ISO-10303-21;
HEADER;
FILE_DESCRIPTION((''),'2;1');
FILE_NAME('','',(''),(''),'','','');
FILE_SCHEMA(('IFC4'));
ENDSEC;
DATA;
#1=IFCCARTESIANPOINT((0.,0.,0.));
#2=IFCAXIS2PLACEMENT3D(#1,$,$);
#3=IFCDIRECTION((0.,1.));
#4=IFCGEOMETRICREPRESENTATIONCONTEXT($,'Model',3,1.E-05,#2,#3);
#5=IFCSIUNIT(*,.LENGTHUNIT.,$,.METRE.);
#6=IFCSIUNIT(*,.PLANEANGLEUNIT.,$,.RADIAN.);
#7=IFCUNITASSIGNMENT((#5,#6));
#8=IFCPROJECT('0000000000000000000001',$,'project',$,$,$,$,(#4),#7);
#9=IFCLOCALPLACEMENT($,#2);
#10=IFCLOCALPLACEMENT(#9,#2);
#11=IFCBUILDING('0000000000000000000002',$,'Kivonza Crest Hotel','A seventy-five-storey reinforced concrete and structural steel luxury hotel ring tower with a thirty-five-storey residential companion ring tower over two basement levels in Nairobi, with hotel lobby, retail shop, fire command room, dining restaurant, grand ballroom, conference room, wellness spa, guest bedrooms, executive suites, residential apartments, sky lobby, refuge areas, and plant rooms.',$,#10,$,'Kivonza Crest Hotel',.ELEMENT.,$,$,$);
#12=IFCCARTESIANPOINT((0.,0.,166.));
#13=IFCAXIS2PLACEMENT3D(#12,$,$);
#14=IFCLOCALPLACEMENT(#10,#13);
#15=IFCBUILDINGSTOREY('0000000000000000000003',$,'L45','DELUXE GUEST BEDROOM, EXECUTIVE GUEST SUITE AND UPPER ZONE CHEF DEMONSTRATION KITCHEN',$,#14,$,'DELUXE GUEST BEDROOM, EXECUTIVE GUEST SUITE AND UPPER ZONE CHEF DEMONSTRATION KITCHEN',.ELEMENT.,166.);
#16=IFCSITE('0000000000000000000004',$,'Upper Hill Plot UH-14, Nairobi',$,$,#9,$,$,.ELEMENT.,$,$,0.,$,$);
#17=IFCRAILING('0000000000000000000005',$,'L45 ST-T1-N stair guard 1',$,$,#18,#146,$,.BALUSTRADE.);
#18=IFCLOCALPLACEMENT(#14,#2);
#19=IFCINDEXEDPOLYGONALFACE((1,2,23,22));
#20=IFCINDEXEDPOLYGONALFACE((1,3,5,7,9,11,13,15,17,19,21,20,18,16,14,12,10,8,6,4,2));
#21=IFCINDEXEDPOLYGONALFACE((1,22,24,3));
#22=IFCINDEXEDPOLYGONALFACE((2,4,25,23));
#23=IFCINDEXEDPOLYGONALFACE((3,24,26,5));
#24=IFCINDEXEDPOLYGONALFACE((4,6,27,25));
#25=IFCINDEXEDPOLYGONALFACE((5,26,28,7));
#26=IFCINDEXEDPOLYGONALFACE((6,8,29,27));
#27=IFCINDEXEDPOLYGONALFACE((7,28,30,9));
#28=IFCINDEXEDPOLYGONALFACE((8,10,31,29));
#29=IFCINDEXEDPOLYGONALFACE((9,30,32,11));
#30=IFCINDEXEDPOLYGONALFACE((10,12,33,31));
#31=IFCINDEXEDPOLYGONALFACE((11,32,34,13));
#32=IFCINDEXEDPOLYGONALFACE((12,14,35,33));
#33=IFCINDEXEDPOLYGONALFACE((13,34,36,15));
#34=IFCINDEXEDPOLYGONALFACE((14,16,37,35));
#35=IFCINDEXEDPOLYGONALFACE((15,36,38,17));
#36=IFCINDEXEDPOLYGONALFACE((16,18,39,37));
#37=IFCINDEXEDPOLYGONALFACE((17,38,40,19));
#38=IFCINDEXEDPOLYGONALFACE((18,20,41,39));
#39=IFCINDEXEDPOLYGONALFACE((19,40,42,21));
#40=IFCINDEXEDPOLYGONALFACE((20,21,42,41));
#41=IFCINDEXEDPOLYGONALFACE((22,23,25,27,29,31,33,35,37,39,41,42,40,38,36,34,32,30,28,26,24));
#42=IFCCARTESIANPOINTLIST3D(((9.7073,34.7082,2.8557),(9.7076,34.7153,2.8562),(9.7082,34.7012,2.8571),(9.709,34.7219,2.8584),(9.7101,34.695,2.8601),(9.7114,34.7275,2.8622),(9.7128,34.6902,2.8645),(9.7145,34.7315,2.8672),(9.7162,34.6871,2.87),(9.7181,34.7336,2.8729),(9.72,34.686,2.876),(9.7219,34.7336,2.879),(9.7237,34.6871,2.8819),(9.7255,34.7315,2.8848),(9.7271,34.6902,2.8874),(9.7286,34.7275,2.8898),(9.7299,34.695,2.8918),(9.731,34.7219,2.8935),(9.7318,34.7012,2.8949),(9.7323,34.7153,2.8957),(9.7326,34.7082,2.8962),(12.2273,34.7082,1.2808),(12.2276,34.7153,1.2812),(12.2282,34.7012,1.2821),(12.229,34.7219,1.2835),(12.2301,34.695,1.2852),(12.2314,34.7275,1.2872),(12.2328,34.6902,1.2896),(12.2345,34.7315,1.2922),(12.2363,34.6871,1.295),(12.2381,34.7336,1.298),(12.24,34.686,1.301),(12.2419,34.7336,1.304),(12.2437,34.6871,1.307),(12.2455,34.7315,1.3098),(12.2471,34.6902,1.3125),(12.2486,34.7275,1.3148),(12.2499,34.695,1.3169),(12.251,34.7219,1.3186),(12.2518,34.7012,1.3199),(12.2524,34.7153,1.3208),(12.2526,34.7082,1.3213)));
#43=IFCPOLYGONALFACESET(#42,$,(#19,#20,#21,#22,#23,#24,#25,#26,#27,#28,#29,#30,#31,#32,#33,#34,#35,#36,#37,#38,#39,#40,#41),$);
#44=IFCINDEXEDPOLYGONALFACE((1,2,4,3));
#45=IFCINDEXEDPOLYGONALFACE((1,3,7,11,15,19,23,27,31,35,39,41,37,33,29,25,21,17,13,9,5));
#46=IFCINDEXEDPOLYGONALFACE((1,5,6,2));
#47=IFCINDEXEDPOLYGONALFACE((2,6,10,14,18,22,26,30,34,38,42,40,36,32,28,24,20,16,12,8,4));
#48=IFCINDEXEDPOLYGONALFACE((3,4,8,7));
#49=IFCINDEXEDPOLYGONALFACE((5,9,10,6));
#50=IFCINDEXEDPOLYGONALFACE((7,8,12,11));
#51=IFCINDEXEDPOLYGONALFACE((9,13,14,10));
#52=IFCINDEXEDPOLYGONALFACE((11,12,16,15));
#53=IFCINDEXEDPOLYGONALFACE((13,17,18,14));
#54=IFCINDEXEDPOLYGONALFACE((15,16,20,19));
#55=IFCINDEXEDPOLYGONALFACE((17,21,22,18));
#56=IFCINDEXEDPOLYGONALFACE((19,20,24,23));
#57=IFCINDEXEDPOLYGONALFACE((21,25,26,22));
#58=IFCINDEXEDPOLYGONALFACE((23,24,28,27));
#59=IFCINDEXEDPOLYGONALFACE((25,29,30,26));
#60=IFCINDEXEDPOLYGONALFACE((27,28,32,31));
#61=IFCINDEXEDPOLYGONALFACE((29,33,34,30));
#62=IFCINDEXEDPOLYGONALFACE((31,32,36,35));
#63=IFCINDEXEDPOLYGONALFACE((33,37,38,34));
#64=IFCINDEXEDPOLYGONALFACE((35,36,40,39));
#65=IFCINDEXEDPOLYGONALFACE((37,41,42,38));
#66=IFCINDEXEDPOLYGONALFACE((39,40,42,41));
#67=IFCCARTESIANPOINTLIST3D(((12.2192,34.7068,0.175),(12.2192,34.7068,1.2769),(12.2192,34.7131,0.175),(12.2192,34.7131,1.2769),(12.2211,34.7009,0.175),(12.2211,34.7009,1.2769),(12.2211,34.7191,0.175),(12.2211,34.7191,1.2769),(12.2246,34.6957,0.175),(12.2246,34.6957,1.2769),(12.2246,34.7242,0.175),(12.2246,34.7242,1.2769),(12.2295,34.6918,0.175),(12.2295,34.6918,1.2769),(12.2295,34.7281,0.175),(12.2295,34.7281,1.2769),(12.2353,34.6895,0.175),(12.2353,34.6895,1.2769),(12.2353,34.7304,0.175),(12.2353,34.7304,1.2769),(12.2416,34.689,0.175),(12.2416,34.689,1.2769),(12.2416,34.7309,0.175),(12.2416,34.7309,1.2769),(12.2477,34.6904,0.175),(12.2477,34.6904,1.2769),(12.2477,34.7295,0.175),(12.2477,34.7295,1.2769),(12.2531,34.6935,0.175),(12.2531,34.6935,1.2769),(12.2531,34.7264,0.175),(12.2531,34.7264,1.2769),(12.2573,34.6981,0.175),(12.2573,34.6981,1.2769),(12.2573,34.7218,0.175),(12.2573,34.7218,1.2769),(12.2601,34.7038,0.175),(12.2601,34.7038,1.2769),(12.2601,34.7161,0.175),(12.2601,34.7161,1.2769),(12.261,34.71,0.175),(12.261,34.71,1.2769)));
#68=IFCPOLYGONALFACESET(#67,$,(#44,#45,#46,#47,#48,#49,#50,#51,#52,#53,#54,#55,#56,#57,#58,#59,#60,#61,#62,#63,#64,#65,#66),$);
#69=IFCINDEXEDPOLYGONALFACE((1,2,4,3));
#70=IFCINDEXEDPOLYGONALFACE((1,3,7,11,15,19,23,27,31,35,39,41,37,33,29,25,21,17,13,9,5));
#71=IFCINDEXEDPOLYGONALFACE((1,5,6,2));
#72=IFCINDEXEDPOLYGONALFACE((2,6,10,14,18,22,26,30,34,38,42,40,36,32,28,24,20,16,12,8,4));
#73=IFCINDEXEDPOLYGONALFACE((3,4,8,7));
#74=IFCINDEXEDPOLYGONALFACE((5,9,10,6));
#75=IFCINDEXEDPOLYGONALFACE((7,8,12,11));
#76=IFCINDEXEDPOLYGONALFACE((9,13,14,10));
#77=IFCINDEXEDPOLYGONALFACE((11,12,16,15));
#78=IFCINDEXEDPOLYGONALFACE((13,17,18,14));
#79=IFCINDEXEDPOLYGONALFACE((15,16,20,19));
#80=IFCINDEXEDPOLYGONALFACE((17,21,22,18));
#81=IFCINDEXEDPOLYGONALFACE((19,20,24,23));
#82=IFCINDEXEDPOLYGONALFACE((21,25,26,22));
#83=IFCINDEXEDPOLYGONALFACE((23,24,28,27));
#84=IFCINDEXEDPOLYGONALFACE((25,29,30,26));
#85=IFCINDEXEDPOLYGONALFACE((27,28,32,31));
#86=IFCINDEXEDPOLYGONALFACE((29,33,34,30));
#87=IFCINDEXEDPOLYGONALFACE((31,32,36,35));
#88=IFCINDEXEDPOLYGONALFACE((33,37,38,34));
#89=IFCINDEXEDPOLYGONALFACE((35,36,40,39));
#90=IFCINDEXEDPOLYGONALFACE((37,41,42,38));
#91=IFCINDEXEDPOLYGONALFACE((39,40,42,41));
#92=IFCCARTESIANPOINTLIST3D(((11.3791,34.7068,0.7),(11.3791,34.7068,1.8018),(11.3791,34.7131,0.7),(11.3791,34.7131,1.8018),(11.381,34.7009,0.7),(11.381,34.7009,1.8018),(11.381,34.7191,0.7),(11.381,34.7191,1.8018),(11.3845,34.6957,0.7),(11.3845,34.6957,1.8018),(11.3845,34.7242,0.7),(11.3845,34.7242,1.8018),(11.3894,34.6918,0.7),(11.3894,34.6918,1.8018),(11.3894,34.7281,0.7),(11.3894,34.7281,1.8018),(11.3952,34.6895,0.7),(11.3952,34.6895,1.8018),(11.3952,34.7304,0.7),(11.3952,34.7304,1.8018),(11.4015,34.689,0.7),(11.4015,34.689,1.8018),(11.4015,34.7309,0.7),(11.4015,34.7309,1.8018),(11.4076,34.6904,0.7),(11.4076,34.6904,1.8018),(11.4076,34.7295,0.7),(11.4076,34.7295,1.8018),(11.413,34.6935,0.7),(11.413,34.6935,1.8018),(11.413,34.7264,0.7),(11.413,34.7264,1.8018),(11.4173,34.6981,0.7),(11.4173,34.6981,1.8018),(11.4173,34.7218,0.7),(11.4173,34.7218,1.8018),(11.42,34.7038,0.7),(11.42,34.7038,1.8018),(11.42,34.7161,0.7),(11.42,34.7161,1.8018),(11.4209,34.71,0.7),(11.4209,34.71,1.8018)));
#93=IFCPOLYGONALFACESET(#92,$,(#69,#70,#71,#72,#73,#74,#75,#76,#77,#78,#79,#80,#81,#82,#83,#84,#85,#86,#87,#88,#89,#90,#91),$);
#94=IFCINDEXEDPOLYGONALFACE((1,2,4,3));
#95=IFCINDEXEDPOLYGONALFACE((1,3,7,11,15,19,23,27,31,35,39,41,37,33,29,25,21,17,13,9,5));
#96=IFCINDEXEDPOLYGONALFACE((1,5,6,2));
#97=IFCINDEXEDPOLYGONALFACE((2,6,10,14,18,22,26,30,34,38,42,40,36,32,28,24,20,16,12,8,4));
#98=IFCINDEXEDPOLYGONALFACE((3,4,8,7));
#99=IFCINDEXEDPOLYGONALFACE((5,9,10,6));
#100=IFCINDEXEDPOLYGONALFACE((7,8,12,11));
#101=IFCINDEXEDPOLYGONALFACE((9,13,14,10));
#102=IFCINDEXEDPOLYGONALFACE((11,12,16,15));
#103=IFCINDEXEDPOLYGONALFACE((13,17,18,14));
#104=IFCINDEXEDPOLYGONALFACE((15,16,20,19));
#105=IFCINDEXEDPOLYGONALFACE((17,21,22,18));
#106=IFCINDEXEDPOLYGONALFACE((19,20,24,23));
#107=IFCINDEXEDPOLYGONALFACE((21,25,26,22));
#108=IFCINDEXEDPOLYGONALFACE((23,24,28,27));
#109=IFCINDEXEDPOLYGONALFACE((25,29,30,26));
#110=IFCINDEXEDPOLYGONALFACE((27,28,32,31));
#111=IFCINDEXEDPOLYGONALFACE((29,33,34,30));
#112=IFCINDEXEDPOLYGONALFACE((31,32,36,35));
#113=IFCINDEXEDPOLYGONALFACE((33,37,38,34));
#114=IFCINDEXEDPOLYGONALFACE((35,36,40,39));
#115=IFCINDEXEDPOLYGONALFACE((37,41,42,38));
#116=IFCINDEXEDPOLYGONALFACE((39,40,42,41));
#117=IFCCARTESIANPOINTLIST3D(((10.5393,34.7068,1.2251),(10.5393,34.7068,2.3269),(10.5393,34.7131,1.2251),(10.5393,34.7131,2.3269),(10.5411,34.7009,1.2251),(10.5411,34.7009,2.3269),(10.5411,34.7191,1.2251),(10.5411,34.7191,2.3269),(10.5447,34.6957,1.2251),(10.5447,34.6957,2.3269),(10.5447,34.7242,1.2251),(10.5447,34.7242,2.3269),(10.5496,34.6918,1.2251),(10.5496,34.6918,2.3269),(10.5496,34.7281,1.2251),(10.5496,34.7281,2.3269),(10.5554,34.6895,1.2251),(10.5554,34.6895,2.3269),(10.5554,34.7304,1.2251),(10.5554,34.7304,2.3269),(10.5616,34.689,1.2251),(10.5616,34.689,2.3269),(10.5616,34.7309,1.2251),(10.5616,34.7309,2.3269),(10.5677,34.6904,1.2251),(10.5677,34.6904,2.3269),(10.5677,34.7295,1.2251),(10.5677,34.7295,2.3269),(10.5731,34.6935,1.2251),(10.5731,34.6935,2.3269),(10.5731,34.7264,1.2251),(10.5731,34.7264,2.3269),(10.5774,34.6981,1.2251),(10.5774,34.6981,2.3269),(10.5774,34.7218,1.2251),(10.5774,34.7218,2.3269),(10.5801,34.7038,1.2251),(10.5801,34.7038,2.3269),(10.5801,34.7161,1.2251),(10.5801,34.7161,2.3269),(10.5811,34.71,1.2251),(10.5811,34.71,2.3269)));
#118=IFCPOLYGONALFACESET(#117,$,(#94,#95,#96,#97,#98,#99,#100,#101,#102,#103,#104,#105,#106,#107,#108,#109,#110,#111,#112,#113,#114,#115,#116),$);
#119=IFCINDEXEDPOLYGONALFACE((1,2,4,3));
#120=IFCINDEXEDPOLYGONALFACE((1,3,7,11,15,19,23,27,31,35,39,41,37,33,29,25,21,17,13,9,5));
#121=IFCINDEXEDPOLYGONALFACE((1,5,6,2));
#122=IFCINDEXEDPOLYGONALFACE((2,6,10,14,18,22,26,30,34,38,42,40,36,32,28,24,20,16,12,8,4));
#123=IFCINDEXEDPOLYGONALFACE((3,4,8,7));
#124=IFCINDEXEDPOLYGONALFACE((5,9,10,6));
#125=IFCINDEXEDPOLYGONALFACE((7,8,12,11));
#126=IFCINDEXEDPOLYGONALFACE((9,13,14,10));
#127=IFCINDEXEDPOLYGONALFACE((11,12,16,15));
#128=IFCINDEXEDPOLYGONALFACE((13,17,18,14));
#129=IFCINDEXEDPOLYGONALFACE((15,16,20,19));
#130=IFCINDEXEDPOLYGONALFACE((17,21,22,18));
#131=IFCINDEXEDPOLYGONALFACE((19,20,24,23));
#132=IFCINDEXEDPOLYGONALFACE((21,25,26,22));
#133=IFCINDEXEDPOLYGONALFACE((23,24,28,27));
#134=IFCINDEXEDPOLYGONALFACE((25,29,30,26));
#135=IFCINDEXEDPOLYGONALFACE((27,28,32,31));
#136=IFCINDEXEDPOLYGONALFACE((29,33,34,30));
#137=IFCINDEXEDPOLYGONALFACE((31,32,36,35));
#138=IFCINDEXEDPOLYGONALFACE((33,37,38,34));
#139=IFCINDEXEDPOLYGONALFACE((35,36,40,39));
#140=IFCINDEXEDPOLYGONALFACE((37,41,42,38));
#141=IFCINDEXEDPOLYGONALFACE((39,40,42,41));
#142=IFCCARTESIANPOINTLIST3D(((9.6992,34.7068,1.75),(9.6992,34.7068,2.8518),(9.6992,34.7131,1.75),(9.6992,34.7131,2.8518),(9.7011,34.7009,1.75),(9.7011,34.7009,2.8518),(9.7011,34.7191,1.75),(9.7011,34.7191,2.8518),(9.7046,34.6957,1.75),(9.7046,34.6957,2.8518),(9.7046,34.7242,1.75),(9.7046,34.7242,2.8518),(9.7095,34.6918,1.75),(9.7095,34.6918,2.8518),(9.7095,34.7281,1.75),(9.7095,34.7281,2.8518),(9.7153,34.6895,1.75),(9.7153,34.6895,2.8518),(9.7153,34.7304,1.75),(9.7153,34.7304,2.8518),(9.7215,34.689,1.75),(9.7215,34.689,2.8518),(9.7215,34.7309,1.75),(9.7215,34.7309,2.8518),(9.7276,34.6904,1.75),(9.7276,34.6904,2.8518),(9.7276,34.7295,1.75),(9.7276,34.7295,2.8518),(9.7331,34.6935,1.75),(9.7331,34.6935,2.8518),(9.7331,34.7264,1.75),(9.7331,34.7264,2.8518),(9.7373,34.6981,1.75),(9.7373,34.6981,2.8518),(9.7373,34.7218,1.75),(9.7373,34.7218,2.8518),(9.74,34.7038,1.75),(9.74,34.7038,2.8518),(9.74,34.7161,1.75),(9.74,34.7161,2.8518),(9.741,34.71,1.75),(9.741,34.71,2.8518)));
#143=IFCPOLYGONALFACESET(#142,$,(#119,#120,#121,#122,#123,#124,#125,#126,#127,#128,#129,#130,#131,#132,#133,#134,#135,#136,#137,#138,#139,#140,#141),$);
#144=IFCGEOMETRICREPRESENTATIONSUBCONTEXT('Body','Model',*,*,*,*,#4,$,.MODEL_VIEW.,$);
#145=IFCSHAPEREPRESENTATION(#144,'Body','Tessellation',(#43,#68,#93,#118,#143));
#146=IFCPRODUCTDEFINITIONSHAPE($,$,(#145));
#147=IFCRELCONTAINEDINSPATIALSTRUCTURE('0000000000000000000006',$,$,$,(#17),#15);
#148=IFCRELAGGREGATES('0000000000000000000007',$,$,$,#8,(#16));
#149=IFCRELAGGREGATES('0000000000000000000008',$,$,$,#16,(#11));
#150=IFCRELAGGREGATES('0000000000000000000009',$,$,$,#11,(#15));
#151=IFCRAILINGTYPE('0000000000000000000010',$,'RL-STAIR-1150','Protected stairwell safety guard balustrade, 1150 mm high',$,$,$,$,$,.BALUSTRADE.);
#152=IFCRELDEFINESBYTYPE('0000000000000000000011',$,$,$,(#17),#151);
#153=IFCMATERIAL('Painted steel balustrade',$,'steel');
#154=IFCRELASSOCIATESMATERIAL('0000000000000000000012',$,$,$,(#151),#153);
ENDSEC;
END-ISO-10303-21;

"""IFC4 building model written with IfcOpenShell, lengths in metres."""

from ifc_helpers import new_model, si_unit, direction, frame, origin, origin_2d, place, context, subcontext, project, spatial, circle, extrude, material, type_object, element, save


model = new_model("IFC4")

# Units and contexts
model_context = context("Model", 3, precision=1e-05, world=origin(), true_north=direction((0.0, 1.0)))
body_context = subcontext(model_context, "Body", "Model", "MODEL_VIEW")
ifc_project = project(units=[si_unit("LENGTHUNIT", "METRE"), si_unit("PLANEANGLEUNIT", "RADIAN")], contexts=[model_context])

# Site, building, storey
site_placement = place(None, origin())
site = spatial("IfcSite", under=ifc_project, at=site_placement, Name="Upper Hill Plot UH-14, Nairobi", CompositionType="ELEMENT", RefElevation=0.0)
building_placement = place(site_placement, origin())
building = spatial("IfcBuilding", under=site, at=building_placement, Name="Kivonza Crest Hotel", Description="A seventy-five-storey reinforced concrete and structural steel luxury hotel ring tower with a thirty-five-storey residential companion ring tower over two basement levels in Nairobi, with hotel lobby, retail shop, fire command room, dining restaurant, grand ballroom, conference room, wellness spa, guest bedrooms, executive suites, residential apartments, sky lobby, refuge areas, and plant rooms.", LongName="Kivonza Crest Hotel", CompositionType="ELEMENT")
storey_placement = place(building_placement, frame((0.0, 0.0, 166.0)))
storey = spatial("IfcBuildingStorey", under=building, at=storey_placement, Name="L45", Description="DELUXE GUEST BEDROOM, EXECUTIVE GUEST SUITE AND UPPER ZONE CHEF DEMONSTRATION KITCHEN", LongName="DELUXE GUEST BEDROOM, EXECUTIVE GUEST SUITE AND UPPER ZONE CHEF DEMONSTRATION KITCHEN", CompositionType="ELEMENT", Elevation=166.0)

# Railing
ifc_material_1 = material(Name="Painted steel balustrade", Category="steel")
railing_type_1 = type_object("IfcRailingType", Name="RL-STAIR-1150", Description="Protected stairwell safety guard balustrade, 1150 mm high", PredefinedType="BALUSTRADE", material=ifc_material_1)
railing_1_placement = place(storey_placement, frame((12.24, 34.71, 0.175)))
element("IfcRailing", 1, at=railing_1_placement, inside=storey, type_object=railing_type_1, Name="L45 ST-T1-N stair guard 1", PredefinedType="BALUSTRADE", context=body_context, shape_type="SweptSolid", body=[
    extrude(circle(Radius=0.0239, at=origin_2d()), frame((0.0, 0.0, 1.126), z_axis=(-0.848008, 0.0, 0.529984), x_axis=(0.0, -1.0, 0.0)), (0.0, 0.0, 1.0), 2.9717),
    extrude(circle(Radius=0.021, at=origin_2d()), origin(), (0.0, 0.0, 1.0), 1.1018),
    extrude(circle(Radius=0.021, at=origin_2d()), frame((-0.8401, 0.0, 0.5249)), (0.0, 0.0, 1.0), 1.1018),
    extrude(circle(Radius=0.021, at=origin_2d()), frame((-1.6799, 0.0, 1.05)), (0.0, 0.0, 1.0), 1.1018),
    extrude(circle(Radius=0.021, at=origin_2d()), frame((-2.52, 0.0, 1.575)), (0.0, 0.0, 1.0), 1.1018),
])

save(model, "model.ifc")
